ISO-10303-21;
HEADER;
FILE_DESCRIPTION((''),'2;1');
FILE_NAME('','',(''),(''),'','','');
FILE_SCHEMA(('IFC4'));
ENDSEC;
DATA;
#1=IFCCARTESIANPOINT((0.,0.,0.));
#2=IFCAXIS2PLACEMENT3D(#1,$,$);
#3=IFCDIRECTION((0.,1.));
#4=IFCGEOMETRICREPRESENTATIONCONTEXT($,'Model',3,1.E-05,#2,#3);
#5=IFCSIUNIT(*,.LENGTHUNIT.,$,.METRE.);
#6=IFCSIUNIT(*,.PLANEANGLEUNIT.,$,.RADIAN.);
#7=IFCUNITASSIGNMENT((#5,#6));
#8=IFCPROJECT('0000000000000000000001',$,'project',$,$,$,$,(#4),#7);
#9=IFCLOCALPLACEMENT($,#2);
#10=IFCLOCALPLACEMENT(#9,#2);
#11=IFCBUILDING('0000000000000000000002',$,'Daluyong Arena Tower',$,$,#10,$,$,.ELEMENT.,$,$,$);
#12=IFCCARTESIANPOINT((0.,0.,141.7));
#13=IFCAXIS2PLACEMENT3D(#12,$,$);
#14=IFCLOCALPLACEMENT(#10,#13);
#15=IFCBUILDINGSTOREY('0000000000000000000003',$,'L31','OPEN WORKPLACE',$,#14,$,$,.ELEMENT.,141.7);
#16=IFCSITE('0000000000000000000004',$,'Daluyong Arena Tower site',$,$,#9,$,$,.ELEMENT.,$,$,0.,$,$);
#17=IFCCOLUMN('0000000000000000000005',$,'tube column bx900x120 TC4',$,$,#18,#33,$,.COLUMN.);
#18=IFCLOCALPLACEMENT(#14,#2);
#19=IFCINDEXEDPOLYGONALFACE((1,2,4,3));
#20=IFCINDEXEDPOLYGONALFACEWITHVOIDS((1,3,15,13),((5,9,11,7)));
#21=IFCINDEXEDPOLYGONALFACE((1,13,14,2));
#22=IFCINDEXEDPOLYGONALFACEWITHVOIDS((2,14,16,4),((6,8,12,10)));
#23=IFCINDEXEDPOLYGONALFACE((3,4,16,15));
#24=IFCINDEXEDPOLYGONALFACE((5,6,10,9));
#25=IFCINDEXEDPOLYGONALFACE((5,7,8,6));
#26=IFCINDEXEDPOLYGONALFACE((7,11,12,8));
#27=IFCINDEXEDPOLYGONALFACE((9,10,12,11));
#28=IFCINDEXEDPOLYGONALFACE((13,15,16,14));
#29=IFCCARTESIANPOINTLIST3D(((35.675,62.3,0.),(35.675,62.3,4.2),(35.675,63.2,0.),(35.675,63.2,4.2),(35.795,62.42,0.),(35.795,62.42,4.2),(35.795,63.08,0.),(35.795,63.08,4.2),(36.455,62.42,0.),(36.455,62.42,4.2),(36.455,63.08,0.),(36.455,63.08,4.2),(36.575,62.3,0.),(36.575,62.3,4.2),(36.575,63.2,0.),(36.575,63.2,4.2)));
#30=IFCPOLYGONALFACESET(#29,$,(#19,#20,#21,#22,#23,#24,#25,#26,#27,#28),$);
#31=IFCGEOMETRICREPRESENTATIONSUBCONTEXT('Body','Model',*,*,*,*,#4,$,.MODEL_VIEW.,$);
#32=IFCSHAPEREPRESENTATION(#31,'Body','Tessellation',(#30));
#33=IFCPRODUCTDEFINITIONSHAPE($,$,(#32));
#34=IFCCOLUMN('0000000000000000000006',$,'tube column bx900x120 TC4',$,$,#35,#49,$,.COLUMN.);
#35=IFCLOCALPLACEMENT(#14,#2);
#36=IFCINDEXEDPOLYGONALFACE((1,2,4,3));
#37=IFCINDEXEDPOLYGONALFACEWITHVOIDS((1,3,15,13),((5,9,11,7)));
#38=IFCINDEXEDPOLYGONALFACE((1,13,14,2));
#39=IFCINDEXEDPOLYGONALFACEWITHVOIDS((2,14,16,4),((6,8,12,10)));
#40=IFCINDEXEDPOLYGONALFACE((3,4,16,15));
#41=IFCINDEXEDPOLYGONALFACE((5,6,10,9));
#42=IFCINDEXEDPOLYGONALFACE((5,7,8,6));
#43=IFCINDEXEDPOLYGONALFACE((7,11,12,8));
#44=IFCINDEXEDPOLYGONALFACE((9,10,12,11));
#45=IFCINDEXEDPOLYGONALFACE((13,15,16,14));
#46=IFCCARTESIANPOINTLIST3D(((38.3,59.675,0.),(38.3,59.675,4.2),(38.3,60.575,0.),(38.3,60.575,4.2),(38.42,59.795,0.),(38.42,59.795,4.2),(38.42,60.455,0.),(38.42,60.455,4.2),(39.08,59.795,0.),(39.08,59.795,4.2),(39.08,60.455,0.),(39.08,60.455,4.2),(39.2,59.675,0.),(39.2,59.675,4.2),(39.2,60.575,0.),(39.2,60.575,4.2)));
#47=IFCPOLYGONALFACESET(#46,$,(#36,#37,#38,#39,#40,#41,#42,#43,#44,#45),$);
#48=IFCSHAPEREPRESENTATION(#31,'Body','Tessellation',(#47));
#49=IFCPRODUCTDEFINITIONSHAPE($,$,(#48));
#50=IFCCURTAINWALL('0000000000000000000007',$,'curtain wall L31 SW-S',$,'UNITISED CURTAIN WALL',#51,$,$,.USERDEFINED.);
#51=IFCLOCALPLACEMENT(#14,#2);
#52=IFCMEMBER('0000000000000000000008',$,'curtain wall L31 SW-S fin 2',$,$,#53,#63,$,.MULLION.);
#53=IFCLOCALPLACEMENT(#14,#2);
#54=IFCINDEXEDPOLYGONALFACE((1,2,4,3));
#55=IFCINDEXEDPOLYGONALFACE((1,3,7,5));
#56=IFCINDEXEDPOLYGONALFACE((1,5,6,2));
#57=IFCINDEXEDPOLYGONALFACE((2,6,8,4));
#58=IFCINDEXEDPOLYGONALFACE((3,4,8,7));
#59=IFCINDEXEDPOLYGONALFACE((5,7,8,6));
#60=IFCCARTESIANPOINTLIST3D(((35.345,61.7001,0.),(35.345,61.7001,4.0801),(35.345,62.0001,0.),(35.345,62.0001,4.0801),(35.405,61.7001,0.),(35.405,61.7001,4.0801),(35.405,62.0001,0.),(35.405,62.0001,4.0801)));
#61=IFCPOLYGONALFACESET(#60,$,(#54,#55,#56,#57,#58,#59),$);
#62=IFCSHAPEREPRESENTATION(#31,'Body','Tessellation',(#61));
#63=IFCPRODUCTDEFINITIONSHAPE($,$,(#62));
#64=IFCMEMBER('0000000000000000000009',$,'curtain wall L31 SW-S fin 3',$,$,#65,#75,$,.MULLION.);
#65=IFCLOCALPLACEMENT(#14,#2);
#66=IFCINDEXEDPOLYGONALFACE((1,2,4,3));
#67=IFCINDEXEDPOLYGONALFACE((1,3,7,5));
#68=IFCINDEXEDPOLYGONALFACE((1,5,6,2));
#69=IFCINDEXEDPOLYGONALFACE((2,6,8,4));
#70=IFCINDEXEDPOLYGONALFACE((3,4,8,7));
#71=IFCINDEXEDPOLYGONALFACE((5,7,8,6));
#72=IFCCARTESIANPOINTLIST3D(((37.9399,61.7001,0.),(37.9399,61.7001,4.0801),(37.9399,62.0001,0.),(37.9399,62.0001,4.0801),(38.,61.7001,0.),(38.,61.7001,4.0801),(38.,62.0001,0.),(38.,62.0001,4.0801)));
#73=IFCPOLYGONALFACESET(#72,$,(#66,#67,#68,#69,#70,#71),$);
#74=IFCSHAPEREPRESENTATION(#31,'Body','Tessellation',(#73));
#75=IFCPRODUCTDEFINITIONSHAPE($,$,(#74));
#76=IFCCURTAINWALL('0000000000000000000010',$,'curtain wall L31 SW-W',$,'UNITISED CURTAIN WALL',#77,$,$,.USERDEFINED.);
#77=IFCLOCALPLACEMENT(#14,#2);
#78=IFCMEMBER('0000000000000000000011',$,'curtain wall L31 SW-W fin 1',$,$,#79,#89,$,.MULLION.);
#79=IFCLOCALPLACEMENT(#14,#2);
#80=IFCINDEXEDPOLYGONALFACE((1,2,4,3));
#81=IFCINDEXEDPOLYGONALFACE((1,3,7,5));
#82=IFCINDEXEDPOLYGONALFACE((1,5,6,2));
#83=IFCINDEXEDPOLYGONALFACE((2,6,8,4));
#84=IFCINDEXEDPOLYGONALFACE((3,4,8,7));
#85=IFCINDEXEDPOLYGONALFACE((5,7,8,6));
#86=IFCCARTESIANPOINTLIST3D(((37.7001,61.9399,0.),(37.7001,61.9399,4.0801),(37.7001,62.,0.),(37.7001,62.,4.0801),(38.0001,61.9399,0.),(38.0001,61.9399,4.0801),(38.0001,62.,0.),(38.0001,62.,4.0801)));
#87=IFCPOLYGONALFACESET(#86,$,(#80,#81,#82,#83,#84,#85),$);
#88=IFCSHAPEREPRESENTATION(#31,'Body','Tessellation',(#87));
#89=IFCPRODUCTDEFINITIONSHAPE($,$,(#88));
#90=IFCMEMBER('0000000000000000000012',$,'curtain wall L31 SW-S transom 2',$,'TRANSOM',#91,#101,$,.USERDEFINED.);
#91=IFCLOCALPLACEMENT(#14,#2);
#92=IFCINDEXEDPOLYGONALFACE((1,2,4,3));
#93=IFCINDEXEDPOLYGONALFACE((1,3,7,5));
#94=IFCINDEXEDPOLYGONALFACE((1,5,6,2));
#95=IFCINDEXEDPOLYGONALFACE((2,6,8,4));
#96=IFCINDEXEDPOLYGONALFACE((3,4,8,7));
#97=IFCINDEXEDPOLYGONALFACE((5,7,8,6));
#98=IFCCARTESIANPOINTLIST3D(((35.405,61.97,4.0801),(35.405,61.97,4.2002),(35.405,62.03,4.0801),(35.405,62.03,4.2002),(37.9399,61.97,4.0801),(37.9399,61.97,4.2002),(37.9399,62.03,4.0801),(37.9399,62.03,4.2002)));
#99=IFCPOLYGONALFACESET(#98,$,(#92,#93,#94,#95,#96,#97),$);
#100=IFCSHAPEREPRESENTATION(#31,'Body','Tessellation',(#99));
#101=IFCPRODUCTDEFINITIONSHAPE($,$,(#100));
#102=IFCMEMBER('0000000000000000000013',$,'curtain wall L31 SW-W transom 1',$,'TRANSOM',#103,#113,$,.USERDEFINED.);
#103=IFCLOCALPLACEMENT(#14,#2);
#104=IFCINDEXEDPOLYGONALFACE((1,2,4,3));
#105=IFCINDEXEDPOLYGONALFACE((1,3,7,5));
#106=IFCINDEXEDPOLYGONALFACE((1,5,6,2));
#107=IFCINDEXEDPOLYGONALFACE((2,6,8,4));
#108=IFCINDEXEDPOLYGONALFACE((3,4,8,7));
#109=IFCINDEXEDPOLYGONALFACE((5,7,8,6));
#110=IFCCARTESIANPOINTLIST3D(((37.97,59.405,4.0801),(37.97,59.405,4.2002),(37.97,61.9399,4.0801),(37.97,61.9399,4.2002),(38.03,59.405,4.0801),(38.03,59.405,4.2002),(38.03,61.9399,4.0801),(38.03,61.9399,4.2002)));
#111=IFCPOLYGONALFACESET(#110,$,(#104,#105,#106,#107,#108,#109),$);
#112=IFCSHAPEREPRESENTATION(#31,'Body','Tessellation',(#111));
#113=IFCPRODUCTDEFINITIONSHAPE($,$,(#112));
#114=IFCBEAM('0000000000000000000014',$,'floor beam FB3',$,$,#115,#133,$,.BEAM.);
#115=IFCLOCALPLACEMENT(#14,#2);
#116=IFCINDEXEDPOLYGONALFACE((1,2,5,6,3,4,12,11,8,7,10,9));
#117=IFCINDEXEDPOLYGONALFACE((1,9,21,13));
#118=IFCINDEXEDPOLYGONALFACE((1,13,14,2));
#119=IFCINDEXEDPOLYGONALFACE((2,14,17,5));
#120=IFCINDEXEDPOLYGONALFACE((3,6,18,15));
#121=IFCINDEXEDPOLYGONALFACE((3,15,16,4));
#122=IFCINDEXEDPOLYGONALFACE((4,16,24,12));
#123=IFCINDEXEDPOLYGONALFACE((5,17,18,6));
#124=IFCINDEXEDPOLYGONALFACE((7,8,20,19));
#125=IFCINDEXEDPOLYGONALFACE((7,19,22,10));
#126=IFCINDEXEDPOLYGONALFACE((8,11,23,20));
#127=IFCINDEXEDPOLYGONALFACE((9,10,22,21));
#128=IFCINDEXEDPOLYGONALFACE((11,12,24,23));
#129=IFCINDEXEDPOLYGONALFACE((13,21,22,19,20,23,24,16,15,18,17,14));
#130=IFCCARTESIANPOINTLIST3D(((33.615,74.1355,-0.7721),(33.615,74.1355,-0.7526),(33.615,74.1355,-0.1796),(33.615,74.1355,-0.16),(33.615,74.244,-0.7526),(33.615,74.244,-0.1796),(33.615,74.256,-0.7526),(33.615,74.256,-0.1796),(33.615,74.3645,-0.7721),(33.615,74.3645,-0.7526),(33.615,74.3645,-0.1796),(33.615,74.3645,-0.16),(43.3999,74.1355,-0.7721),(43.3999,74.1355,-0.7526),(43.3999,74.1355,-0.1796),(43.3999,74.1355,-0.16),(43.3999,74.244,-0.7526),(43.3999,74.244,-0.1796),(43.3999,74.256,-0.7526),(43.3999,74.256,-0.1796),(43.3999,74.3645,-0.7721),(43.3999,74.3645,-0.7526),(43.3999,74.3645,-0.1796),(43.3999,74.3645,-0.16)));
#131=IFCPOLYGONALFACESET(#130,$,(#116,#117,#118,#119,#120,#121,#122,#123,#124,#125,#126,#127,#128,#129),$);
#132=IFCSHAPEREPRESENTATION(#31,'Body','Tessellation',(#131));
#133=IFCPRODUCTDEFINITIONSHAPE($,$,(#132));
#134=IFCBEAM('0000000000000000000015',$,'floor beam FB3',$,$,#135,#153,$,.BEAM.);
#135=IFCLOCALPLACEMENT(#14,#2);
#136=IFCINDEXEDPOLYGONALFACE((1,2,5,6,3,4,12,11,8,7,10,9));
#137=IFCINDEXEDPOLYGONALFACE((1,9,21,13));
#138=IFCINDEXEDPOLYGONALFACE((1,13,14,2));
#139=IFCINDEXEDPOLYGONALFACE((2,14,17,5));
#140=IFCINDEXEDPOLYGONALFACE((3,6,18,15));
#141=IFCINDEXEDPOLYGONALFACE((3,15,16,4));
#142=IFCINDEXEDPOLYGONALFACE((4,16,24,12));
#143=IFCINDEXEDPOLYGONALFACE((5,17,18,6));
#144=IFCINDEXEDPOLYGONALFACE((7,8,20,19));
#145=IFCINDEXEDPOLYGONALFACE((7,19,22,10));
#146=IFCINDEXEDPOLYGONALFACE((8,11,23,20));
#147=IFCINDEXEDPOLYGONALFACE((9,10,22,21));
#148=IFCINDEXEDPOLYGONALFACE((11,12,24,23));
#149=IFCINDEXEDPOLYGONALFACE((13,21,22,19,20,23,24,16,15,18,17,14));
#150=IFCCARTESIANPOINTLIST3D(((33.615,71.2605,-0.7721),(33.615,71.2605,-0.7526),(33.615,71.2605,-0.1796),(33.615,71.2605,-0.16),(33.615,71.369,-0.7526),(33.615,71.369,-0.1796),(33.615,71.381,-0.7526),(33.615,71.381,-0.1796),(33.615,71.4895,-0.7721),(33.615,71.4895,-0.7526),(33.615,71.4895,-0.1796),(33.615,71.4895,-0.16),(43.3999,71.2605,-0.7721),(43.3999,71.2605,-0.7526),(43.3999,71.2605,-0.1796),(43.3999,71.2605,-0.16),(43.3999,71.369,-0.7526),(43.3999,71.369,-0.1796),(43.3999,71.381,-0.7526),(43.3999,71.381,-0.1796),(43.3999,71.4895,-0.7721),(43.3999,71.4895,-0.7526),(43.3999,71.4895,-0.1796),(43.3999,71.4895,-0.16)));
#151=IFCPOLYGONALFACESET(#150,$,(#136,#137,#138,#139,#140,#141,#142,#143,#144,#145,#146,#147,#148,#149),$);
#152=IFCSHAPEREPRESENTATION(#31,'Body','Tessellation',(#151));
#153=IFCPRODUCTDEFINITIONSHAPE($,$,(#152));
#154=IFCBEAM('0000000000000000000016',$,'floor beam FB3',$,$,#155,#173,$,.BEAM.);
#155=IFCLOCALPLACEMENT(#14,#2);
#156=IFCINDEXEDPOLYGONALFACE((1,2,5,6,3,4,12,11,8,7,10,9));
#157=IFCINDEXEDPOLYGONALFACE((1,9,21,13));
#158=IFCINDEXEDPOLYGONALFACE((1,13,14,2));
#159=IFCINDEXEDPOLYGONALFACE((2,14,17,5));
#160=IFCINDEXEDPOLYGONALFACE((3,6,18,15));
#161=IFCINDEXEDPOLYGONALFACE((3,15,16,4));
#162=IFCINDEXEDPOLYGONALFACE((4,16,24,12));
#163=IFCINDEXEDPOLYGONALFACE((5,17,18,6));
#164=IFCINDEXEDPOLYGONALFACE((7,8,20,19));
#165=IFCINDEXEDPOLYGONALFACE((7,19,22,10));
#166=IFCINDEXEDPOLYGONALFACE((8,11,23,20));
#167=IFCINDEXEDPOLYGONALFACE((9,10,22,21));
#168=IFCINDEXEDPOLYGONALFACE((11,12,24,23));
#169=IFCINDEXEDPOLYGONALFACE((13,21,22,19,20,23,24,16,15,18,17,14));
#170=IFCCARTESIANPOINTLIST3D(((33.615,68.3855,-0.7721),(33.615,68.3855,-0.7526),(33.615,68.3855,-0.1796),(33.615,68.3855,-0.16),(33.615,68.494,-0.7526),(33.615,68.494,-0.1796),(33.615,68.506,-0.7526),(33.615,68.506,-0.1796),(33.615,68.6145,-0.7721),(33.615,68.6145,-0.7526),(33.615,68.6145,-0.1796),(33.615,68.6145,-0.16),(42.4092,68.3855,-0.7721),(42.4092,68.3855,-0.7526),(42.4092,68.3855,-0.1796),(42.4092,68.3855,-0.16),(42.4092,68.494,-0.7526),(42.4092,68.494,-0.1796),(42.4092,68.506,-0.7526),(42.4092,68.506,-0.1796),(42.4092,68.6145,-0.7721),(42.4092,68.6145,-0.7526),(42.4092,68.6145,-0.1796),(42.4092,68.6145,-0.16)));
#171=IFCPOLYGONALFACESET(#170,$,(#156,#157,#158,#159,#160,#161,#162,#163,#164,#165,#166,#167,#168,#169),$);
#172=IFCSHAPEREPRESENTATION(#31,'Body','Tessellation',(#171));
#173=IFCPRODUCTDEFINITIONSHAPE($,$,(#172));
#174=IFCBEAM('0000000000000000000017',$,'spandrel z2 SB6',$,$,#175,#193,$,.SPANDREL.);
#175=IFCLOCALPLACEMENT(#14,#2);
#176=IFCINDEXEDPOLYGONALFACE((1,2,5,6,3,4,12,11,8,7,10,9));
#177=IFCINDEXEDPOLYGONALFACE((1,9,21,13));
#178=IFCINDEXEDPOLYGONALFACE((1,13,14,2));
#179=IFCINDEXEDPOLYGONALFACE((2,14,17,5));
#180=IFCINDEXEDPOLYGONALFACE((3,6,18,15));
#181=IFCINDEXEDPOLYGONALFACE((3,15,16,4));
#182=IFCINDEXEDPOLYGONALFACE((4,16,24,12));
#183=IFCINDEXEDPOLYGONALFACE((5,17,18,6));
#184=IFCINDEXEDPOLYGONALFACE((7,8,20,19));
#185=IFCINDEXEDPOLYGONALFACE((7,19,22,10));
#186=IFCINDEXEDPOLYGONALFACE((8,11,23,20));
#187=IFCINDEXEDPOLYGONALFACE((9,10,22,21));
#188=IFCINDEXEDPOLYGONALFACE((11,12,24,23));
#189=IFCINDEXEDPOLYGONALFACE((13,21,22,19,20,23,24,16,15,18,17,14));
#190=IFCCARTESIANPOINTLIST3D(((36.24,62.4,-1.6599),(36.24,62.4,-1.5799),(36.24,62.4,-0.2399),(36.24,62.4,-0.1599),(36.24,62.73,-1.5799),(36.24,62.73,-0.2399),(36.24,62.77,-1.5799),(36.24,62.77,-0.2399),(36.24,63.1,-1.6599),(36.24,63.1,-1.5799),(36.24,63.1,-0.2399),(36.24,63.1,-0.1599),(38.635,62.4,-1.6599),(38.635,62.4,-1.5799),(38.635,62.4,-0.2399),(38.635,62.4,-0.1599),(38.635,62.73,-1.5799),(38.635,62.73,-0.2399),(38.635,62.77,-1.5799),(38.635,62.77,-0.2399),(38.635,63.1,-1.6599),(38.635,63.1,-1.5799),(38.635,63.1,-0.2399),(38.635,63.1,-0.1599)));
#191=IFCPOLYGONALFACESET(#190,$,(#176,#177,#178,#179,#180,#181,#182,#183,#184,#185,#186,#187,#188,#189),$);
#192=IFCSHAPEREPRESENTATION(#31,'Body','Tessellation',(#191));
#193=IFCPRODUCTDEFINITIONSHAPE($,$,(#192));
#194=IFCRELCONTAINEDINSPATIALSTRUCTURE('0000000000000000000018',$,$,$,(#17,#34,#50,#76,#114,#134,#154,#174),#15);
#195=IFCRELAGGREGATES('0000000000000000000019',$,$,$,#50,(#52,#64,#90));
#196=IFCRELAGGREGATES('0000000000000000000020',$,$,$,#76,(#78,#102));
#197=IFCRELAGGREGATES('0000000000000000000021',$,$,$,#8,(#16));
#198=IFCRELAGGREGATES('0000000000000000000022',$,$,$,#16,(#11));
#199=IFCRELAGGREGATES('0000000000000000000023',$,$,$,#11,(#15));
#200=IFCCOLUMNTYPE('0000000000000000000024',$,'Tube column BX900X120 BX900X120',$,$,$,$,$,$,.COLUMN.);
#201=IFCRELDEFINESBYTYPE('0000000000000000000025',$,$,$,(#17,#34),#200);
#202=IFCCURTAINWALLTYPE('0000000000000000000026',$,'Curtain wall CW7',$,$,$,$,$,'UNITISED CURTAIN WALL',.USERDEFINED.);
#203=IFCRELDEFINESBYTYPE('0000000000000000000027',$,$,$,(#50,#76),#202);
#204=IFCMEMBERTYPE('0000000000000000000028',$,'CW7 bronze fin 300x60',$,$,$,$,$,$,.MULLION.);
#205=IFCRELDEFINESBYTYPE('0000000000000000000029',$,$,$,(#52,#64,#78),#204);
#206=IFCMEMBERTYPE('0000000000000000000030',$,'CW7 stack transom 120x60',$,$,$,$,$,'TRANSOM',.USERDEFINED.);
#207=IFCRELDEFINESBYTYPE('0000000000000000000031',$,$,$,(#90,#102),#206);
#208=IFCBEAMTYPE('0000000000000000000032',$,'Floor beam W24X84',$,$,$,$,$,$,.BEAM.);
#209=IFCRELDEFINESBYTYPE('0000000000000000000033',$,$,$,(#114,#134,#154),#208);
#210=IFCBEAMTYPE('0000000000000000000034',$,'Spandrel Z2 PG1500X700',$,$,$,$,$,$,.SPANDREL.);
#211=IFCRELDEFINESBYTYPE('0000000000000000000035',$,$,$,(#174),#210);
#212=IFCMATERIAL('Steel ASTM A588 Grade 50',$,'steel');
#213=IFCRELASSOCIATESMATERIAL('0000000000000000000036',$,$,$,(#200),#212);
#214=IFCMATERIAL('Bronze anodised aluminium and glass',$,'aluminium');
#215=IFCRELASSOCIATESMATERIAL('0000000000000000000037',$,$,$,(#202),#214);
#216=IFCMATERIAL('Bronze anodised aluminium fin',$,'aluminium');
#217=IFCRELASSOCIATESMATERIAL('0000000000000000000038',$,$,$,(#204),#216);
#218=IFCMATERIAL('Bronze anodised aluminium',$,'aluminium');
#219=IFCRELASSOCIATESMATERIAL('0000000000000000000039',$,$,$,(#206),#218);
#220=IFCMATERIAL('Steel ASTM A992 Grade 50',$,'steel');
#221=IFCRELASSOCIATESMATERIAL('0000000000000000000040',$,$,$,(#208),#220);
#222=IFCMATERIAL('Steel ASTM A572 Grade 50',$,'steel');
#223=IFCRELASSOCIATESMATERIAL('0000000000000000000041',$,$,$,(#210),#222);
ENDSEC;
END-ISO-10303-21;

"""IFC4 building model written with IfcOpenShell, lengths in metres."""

from ifc_helpers import new_model, si_unit, direction, frame, origin, origin_2d, place, context, subcontext, project, spatial, rectangle, hollow_rectangle, i_section, extrude, material, material_profile, profile_set, type_object, element, aggregate, save


model = new_model("IFC4")

# Units and contexts
model_context = context("Model", 3, precision=1e-05, world=origin(), true_north=direction((0.0, 1.0)))
body_context = subcontext(model_context, "Body", "Model", "MODEL_VIEW")
ifc_project = project(units=[si_unit("LENGTHUNIT", "METRE"), si_unit("PLANEANGLEUNIT", "RADIAN")], contexts=[model_context])

# Site, building, storey
site_placement = place(None, origin())
site = spatial("IfcSite", under=ifc_project, at=site_placement, Name="Daluyong Arena Tower site", CompositionType="ELEMENT", RefElevation=0.0)
building_placement = place(site_placement, origin())
building = spatial("IfcBuilding", under=site, at=building_placement, Name="Daluyong Arena Tower", CompositionType="ELEMENT")
storey_placement = place(building_placement, frame((0.0, 0.0, 141.7)))
storey = spatial("IfcBuildingStorey", under=building, at=storey_placement, Name="L31", Description="OPEN WORKPLACE", CompositionType="ELEMENT", Elevation=141.7)

# Columns
ifc_material_1 = material(Name="Steel ASTM A588 Grade 50", Category="steel")
ifc_material_profile_1 = material_profile(ifc_material_1, hollow_rectangle(XDim=0.8999, YDim=0.8999, WallThickness=0.12, at=origin_2d()))
ifc_profile_set_1 = profile_set([ifc_material_profile_1], Name="Steel ASTM A588 Grade 50")
column_type = type_object("IfcColumnType", Name="Tube column BX900X120 BX900X120", PredefinedType="COLUMN", material=ifc_profile_set_1)
for number, where, z_axis, x_axis, name in (
    (1, (36.125, 62.75, 0.0), (0.0, 0.0, 1.0), (1.0, 0.0, 0.0), "tube column bx900x120 TC4"),
    (2, (38.75, 60.125, 0.0), (0.0, 0.0, 1.0), (0.0, 1.0, 0.0), "tube column bx900x120 TC4"),
):
    element("IfcColumn", number, at=place(storey_placement, frame(where, z_axis=z_axis, x_axis=x_axis)), inside=storey, type_object=column_type, Name=name, PredefinedType="COLUMN", context=body_context, shape_type="SweptSolid", body=[
        extrude(hollow_rectangle(XDim=0.8999, YDim=0.8999, WallThickness=0.12, at=origin_2d()), origin(), (0.0, 0.0, 1.0), 4.2),
    ])

# Curtain wall, members
ifc_material_2 = material(Name="Bronze anodised aluminium and glass", Category="aluminium")
curtain_wall_type = type_object("IfcCurtainWallType", Name="Curtain wall CW7", ElementType="UNITISED CURTAIN WALL", PredefinedType="USERDEFINED", material=ifc_material_2)
curtain_wall_1_placement = place(storey_placement, origin())
curtain_wall_1 = element("IfcCurtainWall", 3, at=curtain_wall_1_placement, inside=storey, type_object=curtain_wall_type, Name="curtain wall L31 SW-S", ObjectType="UNITISED CURTAIN WALL", PredefinedType="USERDEFINED")
ifc_material_3 = material(Name="Bronze anodised aluminium fin", Category="aluminium")
ifc_material_profile_2 = material_profile(ifc_material_3, rectangle(XDim=0.3, YDim=0.0601, at=origin_2d()))
ifc_profile_set_2 = profile_set([ifc_material_profile_2], Name="Bronze anodised aluminium fin")
member_type_1 = type_object("IfcMemberType", Name="CW7 bronze fin 300x60", PredefinedType="MULLION", material=ifc_profile_set_2)
member_1_placement = place(storey_placement, frame((35.375, 61.8501, 0.0), z_axis=(0.0, 0.0, 1.0), x_axis=(0.0, 1.0, 0.0)))
member_1 = element("IfcMember", 4, at=member_1_placement, type_object=member_type_1, Name="curtain wall L31 SW-S fin 2", PredefinedType="MULLION", context=body_context, shape_type="SweptSolid", body=[
    extrude(rectangle(XDim=0.3, YDim=0.0601, at=origin_2d()), origin(), (0.0, 0.0, 1.0), 4.0801),
])
member_2_placement = place(storey_placement, frame((37.97, 61.8501, 0.0), z_axis=(0.0, 0.0, 1.0), x_axis=(0.0, 1.0, 0.0)))
member_2 = element("IfcMember", 5, at=member_2_placement, type_object=member_type_1, Name="curtain wall L31 SW-S fin 3", PredefinedType="MULLION", context=body_context, shape_type="SweptSolid", body=[
    extrude(rectangle(XDim=0.3, YDim=0.0601, at=origin_2d()), origin(), (0.0, 0.0, 1.0), 4.0801),
])

# Curtain wall, member
curtain_wall_2_placement = place(storey_placement, origin())
curtain_wall_2 = element("IfcCurtainWall", 6, at=curtain_wall_2_placement, inside=storey, type_object=curtain_wall_type, Name="curtain wall L31 SW-W", ObjectType="UNITISED CURTAIN WALL", PredefinedType="USERDEFINED")
member_3_placement = place(storey_placement, frame((37.8501, 61.97, 0.0), z_axis=(0.0, 0.0, 1.0), x_axis=(1.0, 0.0, 0.0)))
member_3 = element("IfcMember", 7, at=member_3_placement, type_object=member_type_1, Name="curtain wall L31 SW-W fin 1", PredefinedType="MULLION", context=body_context, shape_type="SweptSolid", body=[
    extrude(rectangle(XDim=0.3, YDim=0.0601, at=origin_2d()), origin(), (0.0, 0.0, 1.0), 4.0801),
])

# Members
ifc_material_4 = material(Name="Bronze anodised aluminium", Category="aluminium")
ifc_material_profile_3 = material_profile(ifc_material_4, rectangle(XDim=0.0601, YDim=0.1201, at=origin_2d()))
ifc_profile_set_3 = profile_set([ifc_material_profile_3], Name="Bronze anodised aluminium")
member_type_2 = type_object("IfcMemberType", Name="CW7 stack transom 120x60", ElementType="TRANSOM", PredefinedType="USERDEFINED", material=ifc_profile_set_3)
member_4_placement = place(storey_placement, frame((35.405, 62.0, 4.1401), z_axis=(1.0, 0.0, 0.0), x_axis=(0.0, 1.0, 0.0)))
member_4 = element("IfcMember", 8, at=member_4_placement, type_object=member_type_2, Name="curtain wall L31 SW-S transom 2", ObjectType="TRANSOM", PredefinedType="USERDEFINED", context=body_context, shape_type="SweptSolid", body=[
    extrude(rectangle(XDim=0.0601, YDim=0.1201, at=origin_2d()), origin(), (0.0, 0.0, 1.0), 2.5349),
])
member_5_placement = place(storey_placement, frame((38.0, 61.9399, 4.1401), z_axis=(0.0, -1.0, 0.0), x_axis=(1.0, 0.0, 0.0)))
member_5 = element("IfcMember", 9, at=member_5_placement, type_object=member_type_2, Name="curtain wall L31 SW-W transom 1", ObjectType="TRANSOM", PredefinedType="USERDEFINED", context=body_context, shape_type="SweptSolid", body=[
    extrude(rectangle(XDim=0.0601, YDim=0.1201, at=origin_2d()), origin(), (0.0, 0.0, 1.0), 2.5349),
])

# Beams
ifc_material_5 = material(Name="Steel ASTM A992 Grade 50", Category="steel")
ifc_material_profile_4 = material_profile(ifc_material_5, i_section(OverallWidth=0.229, OverallDepth=0.6121, WebThickness=0.012, FlangeThickness=0.0195, at=origin_2d()))
ifc_profile_set_4 = profile_set([ifc_material_profile_4], Name="Steel ASTM A992 Grade 50")
beam_type_1 = type_object("IfcBeamType", Name="Floor beam W24X84", PredefinedType="BEAM", material=ifc_profile_set_4)
for number, where, z_axis, x_axis, name in (
    (10, (33.615, 74.25, -0.4661), (1.0, 0.0, 0.0), (0.0, 1.0, 0.0), "floor beam FB3"),
    (11, (33.615, 71.375, -0.4661), (1.0, 0.0, 0.0), (0.0, 1.0, 0.0), "floor beam FB3"),
):
    element("IfcBeam", number, at=place(storey_placement, frame(where, z_axis=z_axis, x_axis=x_axis)), inside=storey, type_object=beam_type_1, Name=name, PredefinedType="BEAM", context=body_context, shape_type="SweptSolid", body=[
        extrude(i_section(OverallWidth=0.229, OverallDepth=0.6121, WebThickness=0.012, FlangeThickness=0.0195, at=origin_2d()), origin(), (0.0, 0.0, 1.0), 9.7849),
    ])
beam_placement = place(storey_placement, frame((33.615, 68.5, -0.4661), z_axis=(1.0, 0.0, 0.0), x_axis=(0.0, 1.0, 0.0)))
element("IfcBeam", 12, at=beam_placement, inside=storey, type_object=beam_type_1, Name="floor beam FB3", PredefinedType="BEAM", context=body_context, shape_type="SweptSolid", body=[
    extrude(i_section(OverallWidth=0.229, OverallDepth=0.6121, WebThickness=0.012, FlangeThickness=0.0195, at=origin_2d()), origin(), (0.0, 0.0, 1.0), 8.7942),
])
ifc_material_6 = material(Name="Steel ASTM A572 Grade 50", Category="steel")
ifc_material_profile_5 = material_profile(ifc_material_6, i_section(OverallWidth=0.7, OverallDepth=1.5, WebThickness=0.04, FlangeThickness=0.08, at=origin_2d()))
ifc_profile_set_5 = profile_set([ifc_material_profile_5], Name="Steel ASTM A572 Grade 50")
beam_type_2 = type_object("IfcBeamType", Name="Spandrel Z2 PG1500X700", PredefinedType="SPANDREL", material=ifc_profile_set_5)
for number, where, z_axis, x_axis, name in (
    (13, (36.24, 62.75, -0.9099), (1.0, 0.0, 0.0), (0.0, 1.0, 0.0), "spandrel z2 SB6"),
):
    element("IfcBeam", number, at=place(storey_placement, frame(where, z_axis=z_axis, x_axis=x_axis)), inside=storey, type_object=beam_type_2, Name=name, PredefinedType="SPANDREL", context=body_context, shape_type="SweptSolid", body=[
        extrude(i_section(OverallWidth=0.7, OverallDepth=1.5, WebThickness=0.04, FlangeThickness=0.08, at=origin_2d()), origin(), (0.0, 0.0, 1.0), 2.395),
    ])

aggregate(curtain_wall_1, [member_1, member_2, member_4])
aggregate(curtain_wall_2, [member_3, member_5])

save(model, "model.ifc")
